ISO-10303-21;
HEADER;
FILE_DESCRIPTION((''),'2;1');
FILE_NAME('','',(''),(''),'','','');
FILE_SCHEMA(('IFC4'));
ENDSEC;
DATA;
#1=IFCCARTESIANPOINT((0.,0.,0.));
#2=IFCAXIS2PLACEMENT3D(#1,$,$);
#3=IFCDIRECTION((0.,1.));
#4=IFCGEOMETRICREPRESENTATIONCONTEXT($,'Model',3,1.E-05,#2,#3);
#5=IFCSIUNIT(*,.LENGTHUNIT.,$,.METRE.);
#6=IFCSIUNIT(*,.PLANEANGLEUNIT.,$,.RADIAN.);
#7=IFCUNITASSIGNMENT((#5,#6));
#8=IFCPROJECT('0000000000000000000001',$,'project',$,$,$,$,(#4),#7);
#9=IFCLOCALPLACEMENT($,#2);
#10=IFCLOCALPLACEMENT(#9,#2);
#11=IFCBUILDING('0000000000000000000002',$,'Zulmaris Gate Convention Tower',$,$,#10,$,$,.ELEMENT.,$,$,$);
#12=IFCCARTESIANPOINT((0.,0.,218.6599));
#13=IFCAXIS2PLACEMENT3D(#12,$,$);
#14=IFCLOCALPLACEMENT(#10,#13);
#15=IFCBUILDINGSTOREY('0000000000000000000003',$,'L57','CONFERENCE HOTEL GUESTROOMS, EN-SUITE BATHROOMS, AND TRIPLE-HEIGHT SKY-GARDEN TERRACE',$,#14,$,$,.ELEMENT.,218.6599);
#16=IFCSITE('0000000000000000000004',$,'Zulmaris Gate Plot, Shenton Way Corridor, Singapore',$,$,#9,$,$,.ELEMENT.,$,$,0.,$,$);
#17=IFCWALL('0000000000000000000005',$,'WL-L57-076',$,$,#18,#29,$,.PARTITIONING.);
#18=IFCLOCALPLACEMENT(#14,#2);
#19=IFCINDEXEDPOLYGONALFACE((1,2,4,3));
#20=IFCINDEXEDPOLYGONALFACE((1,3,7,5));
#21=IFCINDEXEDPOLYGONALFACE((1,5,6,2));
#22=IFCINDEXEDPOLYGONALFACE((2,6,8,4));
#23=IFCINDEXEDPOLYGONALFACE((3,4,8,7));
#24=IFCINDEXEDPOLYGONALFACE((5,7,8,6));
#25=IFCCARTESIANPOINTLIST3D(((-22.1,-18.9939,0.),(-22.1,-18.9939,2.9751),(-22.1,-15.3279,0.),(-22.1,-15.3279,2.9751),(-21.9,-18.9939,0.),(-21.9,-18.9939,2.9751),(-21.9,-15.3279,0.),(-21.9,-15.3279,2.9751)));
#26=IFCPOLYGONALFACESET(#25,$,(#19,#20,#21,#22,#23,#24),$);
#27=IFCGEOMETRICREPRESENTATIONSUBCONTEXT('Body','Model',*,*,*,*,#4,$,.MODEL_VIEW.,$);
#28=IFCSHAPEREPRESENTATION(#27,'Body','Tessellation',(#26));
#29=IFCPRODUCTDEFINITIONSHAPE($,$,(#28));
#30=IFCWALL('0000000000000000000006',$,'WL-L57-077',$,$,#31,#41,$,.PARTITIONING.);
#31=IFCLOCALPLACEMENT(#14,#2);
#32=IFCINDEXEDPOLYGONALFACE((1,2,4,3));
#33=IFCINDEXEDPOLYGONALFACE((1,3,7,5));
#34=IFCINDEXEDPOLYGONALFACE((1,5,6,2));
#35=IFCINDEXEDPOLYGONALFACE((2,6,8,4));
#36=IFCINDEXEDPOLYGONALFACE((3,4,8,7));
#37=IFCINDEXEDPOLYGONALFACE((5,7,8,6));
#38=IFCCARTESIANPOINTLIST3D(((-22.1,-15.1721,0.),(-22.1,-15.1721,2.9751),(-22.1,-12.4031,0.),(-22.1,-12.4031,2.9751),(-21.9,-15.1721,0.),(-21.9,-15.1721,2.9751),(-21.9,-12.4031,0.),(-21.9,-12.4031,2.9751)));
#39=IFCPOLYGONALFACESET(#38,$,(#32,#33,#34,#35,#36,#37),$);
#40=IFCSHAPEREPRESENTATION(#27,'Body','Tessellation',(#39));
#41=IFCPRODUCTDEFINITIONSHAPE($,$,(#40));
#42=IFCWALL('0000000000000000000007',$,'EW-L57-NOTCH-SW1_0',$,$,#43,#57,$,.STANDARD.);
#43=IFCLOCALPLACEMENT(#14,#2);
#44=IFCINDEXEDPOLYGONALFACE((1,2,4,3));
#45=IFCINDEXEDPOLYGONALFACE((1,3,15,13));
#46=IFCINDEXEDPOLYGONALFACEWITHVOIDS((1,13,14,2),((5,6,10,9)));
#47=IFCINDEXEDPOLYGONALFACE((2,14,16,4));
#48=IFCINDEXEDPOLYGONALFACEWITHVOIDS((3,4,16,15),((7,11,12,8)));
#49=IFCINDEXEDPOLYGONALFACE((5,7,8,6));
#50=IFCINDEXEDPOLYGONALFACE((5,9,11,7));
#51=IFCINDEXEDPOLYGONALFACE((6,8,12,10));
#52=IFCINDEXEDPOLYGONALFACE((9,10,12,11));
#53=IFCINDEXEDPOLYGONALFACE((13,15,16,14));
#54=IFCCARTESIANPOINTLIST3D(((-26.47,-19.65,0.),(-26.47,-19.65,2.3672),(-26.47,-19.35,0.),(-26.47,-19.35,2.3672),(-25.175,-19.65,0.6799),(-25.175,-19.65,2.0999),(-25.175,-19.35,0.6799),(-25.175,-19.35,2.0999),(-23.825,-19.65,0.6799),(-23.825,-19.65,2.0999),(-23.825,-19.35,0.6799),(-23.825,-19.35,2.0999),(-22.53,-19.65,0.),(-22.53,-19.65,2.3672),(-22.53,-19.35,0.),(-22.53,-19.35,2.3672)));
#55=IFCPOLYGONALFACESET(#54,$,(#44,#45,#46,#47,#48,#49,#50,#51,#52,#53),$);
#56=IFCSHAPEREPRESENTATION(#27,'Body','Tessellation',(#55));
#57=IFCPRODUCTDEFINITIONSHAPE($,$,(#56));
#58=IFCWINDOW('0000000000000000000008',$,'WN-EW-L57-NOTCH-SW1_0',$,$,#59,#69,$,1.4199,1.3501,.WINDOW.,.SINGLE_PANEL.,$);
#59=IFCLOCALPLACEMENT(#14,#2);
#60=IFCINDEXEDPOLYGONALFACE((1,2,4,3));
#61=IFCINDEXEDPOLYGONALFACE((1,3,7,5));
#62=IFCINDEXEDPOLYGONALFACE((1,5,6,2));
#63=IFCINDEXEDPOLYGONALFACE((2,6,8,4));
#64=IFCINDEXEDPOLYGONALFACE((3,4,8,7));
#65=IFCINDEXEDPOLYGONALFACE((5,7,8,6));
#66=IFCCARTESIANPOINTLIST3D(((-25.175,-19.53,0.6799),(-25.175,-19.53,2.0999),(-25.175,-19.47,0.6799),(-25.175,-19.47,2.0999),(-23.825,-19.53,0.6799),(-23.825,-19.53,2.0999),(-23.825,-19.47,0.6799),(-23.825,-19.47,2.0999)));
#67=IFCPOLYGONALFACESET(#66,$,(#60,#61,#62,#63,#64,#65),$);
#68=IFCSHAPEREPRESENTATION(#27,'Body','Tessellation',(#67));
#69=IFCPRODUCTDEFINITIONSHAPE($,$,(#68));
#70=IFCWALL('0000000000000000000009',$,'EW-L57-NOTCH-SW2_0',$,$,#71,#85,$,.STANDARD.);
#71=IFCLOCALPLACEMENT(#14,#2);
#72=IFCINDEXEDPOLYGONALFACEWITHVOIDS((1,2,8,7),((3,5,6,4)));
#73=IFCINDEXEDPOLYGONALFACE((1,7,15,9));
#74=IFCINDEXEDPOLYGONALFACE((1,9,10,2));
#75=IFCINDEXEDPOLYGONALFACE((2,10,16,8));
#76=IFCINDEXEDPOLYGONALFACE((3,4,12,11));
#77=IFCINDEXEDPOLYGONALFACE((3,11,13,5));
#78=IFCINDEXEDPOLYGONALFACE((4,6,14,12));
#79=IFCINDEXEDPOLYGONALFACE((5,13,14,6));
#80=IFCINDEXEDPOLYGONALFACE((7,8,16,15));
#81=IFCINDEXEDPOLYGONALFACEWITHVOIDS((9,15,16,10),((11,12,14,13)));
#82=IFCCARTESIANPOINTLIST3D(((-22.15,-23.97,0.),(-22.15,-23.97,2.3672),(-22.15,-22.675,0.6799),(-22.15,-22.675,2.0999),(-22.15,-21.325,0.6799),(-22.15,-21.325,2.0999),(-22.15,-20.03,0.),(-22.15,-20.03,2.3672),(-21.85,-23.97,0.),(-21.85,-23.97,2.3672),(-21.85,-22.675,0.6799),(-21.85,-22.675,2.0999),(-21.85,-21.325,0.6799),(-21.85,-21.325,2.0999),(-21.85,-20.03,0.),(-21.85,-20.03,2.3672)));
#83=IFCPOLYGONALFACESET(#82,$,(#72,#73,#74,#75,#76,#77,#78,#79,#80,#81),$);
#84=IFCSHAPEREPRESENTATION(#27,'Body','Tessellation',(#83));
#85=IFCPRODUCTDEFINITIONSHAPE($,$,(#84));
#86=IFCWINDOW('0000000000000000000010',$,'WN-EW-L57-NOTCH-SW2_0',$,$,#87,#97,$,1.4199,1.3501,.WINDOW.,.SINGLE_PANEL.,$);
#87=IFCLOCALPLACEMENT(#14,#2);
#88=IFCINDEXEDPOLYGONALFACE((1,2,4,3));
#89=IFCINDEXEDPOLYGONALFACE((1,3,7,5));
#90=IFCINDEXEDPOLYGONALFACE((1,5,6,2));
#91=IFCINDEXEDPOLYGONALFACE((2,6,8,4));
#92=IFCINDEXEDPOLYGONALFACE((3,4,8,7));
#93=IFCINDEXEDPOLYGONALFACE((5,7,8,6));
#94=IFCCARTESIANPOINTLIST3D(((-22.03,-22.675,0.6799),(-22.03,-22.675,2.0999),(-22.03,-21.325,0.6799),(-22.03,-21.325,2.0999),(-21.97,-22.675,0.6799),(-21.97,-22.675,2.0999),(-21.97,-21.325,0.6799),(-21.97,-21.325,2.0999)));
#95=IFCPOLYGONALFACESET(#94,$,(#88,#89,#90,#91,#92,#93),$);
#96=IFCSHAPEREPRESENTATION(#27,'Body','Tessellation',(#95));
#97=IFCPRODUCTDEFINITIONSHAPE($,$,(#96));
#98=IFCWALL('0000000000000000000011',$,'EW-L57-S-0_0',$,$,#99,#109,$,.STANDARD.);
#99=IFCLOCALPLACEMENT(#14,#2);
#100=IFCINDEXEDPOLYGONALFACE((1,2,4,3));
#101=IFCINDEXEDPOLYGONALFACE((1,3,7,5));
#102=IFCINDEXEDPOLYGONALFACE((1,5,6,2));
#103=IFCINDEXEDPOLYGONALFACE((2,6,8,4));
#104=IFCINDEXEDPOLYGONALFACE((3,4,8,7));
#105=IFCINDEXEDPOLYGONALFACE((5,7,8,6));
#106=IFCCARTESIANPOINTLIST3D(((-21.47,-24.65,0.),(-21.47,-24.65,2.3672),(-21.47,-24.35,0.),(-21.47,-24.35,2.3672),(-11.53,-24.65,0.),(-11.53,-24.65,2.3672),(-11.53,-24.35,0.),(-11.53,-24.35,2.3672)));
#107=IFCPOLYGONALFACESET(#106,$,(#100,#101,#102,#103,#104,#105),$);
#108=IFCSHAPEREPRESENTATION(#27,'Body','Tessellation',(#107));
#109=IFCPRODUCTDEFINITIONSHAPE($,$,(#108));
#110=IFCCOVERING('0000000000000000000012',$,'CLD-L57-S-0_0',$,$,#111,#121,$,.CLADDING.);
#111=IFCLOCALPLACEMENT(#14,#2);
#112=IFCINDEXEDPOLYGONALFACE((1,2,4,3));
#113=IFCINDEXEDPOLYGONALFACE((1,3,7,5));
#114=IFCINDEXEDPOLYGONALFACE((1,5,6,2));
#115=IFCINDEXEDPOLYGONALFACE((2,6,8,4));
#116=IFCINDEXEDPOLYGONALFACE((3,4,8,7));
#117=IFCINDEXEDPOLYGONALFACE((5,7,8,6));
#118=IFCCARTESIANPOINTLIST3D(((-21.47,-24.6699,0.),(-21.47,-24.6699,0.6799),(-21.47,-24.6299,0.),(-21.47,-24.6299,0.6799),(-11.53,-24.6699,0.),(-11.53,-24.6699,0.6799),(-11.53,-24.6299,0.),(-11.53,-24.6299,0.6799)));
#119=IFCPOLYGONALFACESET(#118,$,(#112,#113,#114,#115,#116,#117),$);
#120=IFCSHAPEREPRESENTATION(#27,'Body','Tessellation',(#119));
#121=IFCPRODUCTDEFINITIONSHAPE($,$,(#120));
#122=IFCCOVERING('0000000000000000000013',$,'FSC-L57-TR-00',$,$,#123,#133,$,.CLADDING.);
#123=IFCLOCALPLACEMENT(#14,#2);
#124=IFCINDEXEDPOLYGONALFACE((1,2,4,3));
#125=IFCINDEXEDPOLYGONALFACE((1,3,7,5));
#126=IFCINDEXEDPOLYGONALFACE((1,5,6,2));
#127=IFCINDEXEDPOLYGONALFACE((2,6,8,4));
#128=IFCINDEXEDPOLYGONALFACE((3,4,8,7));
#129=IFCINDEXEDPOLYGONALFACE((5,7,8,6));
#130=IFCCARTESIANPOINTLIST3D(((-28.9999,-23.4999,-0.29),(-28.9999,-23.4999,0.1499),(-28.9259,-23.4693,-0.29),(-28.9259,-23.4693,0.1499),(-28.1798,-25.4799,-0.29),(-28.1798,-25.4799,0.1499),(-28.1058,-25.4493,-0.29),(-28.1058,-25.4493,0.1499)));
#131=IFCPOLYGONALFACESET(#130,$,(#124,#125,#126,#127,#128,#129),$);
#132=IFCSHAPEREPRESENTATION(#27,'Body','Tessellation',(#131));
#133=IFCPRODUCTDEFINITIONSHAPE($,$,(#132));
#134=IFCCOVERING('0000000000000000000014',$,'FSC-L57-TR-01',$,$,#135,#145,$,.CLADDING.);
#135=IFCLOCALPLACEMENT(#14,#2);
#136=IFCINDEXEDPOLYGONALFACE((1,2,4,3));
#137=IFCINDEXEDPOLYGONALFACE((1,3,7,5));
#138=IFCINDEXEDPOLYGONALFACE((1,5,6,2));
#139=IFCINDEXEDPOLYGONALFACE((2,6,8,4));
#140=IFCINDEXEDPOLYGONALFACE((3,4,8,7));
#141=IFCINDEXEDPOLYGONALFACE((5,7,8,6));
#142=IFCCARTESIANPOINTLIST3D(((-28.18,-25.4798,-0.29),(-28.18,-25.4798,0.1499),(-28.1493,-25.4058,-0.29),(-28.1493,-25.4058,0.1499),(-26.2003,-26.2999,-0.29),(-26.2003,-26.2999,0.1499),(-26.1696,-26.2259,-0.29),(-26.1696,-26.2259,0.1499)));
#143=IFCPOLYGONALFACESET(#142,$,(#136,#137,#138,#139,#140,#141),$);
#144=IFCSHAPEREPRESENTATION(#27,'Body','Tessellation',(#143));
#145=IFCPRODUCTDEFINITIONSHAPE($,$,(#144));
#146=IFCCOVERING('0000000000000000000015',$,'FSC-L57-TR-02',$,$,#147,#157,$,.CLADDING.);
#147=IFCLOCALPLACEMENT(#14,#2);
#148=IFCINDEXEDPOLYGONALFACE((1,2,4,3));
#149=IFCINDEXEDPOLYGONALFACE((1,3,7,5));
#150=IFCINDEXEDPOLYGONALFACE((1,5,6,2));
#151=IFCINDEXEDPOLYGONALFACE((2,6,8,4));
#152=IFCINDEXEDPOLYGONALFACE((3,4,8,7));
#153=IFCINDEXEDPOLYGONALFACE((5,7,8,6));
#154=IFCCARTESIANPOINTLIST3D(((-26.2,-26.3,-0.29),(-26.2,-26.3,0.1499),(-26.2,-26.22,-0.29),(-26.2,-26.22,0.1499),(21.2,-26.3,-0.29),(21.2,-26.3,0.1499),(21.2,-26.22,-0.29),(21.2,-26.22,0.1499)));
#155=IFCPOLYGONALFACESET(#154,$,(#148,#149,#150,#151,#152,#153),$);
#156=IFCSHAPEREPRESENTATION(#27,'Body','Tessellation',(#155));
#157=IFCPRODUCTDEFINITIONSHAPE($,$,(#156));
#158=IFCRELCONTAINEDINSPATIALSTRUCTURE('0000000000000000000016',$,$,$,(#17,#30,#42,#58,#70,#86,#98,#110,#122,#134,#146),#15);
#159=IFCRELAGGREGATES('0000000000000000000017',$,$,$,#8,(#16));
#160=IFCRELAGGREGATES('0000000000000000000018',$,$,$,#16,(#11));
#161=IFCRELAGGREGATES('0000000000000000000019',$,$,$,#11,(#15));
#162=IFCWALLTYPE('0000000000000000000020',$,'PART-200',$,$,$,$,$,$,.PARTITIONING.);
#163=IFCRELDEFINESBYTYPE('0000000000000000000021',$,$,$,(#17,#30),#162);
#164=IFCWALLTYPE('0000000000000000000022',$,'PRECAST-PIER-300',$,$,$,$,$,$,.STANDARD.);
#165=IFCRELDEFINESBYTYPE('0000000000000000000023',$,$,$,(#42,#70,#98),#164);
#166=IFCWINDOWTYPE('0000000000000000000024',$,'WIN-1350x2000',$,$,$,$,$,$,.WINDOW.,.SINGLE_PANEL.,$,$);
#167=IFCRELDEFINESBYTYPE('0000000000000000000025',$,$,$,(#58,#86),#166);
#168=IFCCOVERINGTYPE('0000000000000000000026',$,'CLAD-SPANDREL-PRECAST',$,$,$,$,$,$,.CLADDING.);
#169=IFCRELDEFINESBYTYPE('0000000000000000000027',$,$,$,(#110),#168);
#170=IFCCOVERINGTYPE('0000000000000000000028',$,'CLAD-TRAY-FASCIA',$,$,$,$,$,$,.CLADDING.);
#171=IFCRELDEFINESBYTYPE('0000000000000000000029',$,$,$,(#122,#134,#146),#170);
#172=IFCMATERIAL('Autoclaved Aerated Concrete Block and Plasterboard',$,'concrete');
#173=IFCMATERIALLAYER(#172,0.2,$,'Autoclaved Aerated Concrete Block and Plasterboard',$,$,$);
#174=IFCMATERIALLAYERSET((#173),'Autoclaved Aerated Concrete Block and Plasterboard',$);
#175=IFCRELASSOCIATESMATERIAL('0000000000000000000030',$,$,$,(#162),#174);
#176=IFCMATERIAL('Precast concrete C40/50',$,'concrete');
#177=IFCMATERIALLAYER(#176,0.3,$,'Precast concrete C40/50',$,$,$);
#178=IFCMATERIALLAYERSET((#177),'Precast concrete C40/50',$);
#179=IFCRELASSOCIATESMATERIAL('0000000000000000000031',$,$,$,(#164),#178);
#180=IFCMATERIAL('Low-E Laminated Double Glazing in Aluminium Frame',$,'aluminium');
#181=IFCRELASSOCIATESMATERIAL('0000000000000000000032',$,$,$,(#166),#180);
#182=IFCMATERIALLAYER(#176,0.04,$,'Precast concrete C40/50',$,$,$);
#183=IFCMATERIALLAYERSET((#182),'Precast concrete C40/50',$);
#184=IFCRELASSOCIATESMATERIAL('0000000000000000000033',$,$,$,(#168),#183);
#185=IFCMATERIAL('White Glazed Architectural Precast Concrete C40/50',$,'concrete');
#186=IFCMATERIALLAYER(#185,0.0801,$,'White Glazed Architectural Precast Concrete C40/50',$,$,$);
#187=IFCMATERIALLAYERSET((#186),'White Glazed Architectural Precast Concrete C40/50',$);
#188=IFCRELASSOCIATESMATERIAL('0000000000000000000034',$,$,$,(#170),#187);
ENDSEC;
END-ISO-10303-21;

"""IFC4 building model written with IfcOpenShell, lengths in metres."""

from ifc_helpers import new_model, si_unit, direction, frame, frame_2d, origin, place, context, subcontext, project, spatial, rectangle, extrude, material, layer, layer_set, type_object, element, fill, save


model = new_model("IFC4")

# Units and contexts
model_context = context("Model", 3, precision=1e-05, world=origin(), true_north=direction((0.0, 1.0)))
body_context = subcontext(model_context, "Body", "Model", "MODEL_VIEW")
ifc_project = project(units=[si_unit("LENGTHUNIT", "METRE"), si_unit("PLANEANGLEUNIT", "RADIAN")], contexts=[model_context])

# Site, building, storey
site_placement = place(None, origin())
site = spatial("IfcSite", under=ifc_project, at=site_placement, Name="Zulmaris Gate Plot, Shenton Way Corridor, Singapore", CompositionType="ELEMENT", RefElevation=0.0)
building_placement = place(site_placement, origin())
building = spatial("IfcBuilding", under=site, at=building_placement, Name="Zulmaris Gate Convention Tower", CompositionType="ELEMENT")
storey_placement = place(building_placement, frame((0.0, 0.0, 218.6599)))
storey = spatial("IfcBuildingStorey", under=building, at=storey_placement, Name="L57", Description="CONFERENCE HOTEL GUESTROOMS, EN-SUITE BATHROOMS, AND TRIPLE-HEIGHT SKY-GARDEN TERRACE", CompositionType="ELEMENT", Elevation=218.6599)

# Shared definitions
ifc_material_1 = material(Name="Autoclaved Aerated Concrete Block and Plasterboard", Category="concrete")
ifc_layer_1 = layer(ifc_material_1, 0.2, Name="Autoclaved Aerated Concrete Block and Plasterboard")
ifc_layer_set_1 = layer_set([ifc_layer_1], Name="Autoclaved Aerated Concrete Block and Plasterboard")
wall_type_1 = type_object("IfcWallType", Name="PART-200", PredefinedType="PARTITIONING", material=ifc_layer_set_1)

# Walls
wall_1_placement = place(storey_placement, frame((-22.0, -18.9939, 0.0), z_axis=(0.0, 0.0, 1.0), x_axis=(0.0, 1.0, 0.0)))
element("IfcWall", 1, at=wall_1_placement, inside=storey, type_object=wall_type_1, Name="WL-L57-076", PredefinedType="PARTITIONING", context=body_context, shape_type="SweptSolid", body=[
    extrude(rectangle(XDim=3.666, YDim=0.2, at=frame_2d((1.833, 0.0))), origin(), (0.0, 0.0, 1.0), 2.9751),
])
wall_2_placement = place(storey_placement, frame((-22.0, -15.1721, 0.0), z_axis=(0.0, 0.0, 1.0), x_axis=(0.0, 1.0, 0.0)))
element("IfcWall", 2, at=wall_2_placement, inside=storey, type_object=wall_type_1, Name="WL-L57-077", PredefinedType="PARTITIONING", context=body_context, shape_type="SweptSolid", body=[
    extrude(rectangle(XDim=2.769, YDim=0.2, at=frame_2d((1.3845, 0.0))), origin(), (0.0, 0.0, 1.0), 2.9751),
])

# Walls, openings, windows
ifc_material_2 = material(Name="Precast concrete C40/50", Category="concrete")
ifc_layer_2 = layer(ifc_material_2, 0.3, Name="Precast concrete C40/50")
ifc_layer_set_2 = layer_set([ifc_layer_2], Name="Precast concrete C40/50")
wall_type_2 = type_object("IfcWallType", Name="PRECAST-PIER-300", PredefinedType="STANDARD", material=ifc_layer_set_2)
wall_3_placement = place(storey_placement, frame((-26.47, -19.5, 0.0), z_axis=(0.0, 0.0, 1.0), x_axis=(1.0, 0.0, 0.0)))
wall_3 = element("IfcWall", 3, at=wall_3_placement, inside=storey, type_object=wall_type_2, Name="EW-L57-NOTCH-SW1_0", PredefinedType="STANDARD", context=body_context, shape_type="SweptSolid", body=[
    extrude(rectangle(XDim=3.9399, YDim=0.3, at=frame_2d((1.97, 0.0))), origin(), (0.0, 0.0, 1.0), 2.3672),
])
opening_1_placement = place(wall_3_placement, frame((1.2949, 0.0, 0.6799)))
opening_1 = element("IfcOpeningElement", 4, at=opening_1_placement, cuts=wall_3, PredefinedType="OPENING", context=body_context, shape_type="SweptSolid", body=[
    extrude(rectangle(XDim=1.3501, YDim=1.4199, at=frame_2d((0.675, 0.71))), frame((0.0, 0.1602, 0.0), z_axis=(0.0, -1.0, 0.0), x_axis=(1.0, 0.0, 0.0)), (0.0, 0.0, 1.0), 0.3201),
])
ifc_material_3 = material(Name="Low-E Laminated Double Glazing in Aluminium Frame", Category="aluminium")
window_type = type_object("IfcWindowType", Name="WIN-1350x2000", PartitioningType="SINGLE_PANEL", PredefinedType="WINDOW", material=ifc_material_3)
window_1_placement = place(opening_1_placement, origin())
window_1 = element("IfcWindow", 5, at=window_1_placement, inside=storey, type_object=window_type, Name="WN-EW-L57-NOTCH-SW1_0", OverallHeight=1.4199, OverallWidth=1.3501, PartitioningType="SINGLE_PANEL", PredefinedType="WINDOW", context=body_context, shape_type="SweptSolid", body=[
    extrude(rectangle(XDim=1.3501, YDim=1.4199, at=frame_2d((0.675, 0.71))), frame((0.0, 0.03, 0.0), z_axis=(0.0, -1.0, 0.0), x_axis=(1.0, 0.0, 0.0)), (0.0, 0.0, 1.0), 0.0601),
])
fill(opening_1, window_1)
wall_4_placement = place(storey_placement, frame((-22.0, -20.03, 0.0), z_axis=(0.0, 0.0, 1.0), x_axis=(0.0, -1.0, 0.0)))
wall_4 = element("IfcWall", 6, at=wall_4_placement, inside=storey, type_object=wall_type_2, Name="EW-L57-NOTCH-SW2_0", PredefinedType="STANDARD", context=body_context, shape_type="SweptSolid", body=[
    extrude(rectangle(XDim=3.9399, YDim=0.3, at=frame_2d((1.97, 0.0))), origin(), (0.0, 0.0, 1.0), 2.3672),
])
opening_2_placement = place(wall_4_placement, frame((1.2949, 0.0, 0.6799)))
opening_2 = element("IfcOpeningElement", 7, at=opening_2_placement, cuts=wall_4, PredefinedType="OPENING", context=body_context, shape_type="SweptSolid", body=[
    extrude(rectangle(XDim=1.3501, YDim=1.4199, at=frame_2d((0.675, 0.71))), frame((0.0, 0.1602, 0.0), z_axis=(0.0, -1.0, 0.0), x_axis=(1.0, 0.0, 0.0)), (0.0, 0.0, 1.0), 0.3201),
])
window_2_placement = place(opening_2_placement, origin())
window_2 = element("IfcWindow", 8, at=window_2_placement, inside=storey, type_object=window_type, Name="WN-EW-L57-NOTCH-SW2_0", OverallHeight=1.4199, OverallWidth=1.3501, PartitioningType="SINGLE_PANEL", PredefinedType="WINDOW", context=body_context, shape_type="SweptSolid", body=[
    extrude(rectangle(XDim=1.3501, YDim=1.4199, at=frame_2d((0.675, 0.71))), frame((0.0, 0.03, 0.0), z_axis=(0.0, -1.0, 0.0), x_axis=(1.0, 0.0, 0.0)), (0.0, 0.0, 1.0), 0.0601),
])
fill(opening_2, window_2)

# Wall
wall_5_placement = place(storey_placement, frame((-21.47, -24.5, 0.0), z_axis=(0.0, 0.0, 1.0), x_axis=(1.0, 0.0, 0.0)))
element("IfcWall", 9, at=wall_5_placement, inside=storey, type_object=wall_type_2, Name="EW-L57-S-0_0", PredefinedType="STANDARD", context=body_context, shape_type="SweptSolid", body=[
    extrude(rectangle(XDim=9.9399, YDim=0.3, at=frame_2d((4.97, 0.0))), origin(), (0.0, 0.0, 1.0), 2.3672),
])

# Coverings
ifc_layer_3 = layer(ifc_material_2, 0.04, Name="Precast concrete C40/50")
ifc_layer_set_3 = layer_set([ifc_layer_3], Name="Precast concrete C40/50")
covering_type_1 = type_object("IfcCoveringType", Name="CLAD-SPANDREL-PRECAST", PredefinedType="CLADDING", material=ifc_layer_set_3)
covering_1_placement = place(storey_placement, frame((-21.47, -24.6499, 0.0), z_axis=(0.0, 0.0, 1.0), x_axis=(1.0, 0.0, 0.0)))
element("IfcCovering", 10, at=covering_1_placement, inside=storey, type_object=covering_type_1, Name="CLD-L57-S-0_0", PredefinedType="CLADDING", context=body_context, shape_type="SweptSolid", body=[
    extrude(rectangle(XDim=9.9399, YDim=0.04, at=frame_2d((4.97, 0.0))), origin(), (0.0, 0.0, 1.0), 0.6799),
])
ifc_material_4 = material(Name="White Glazed Architectural Precast Concrete C40/50", Category="concrete")
ifc_layer_4 = layer(ifc_material_4, 0.0801, Name="White Glazed Architectural Precast Concrete C40/50")
ifc_layer_set_4 = layer_set([ifc_layer_4], Name="White Glazed Architectural Precast Concrete C40/50")
covering_type_2 = type_object("IfcCoveringType", Name="CLAD-TRAY-FASCIA", PredefinedType="CLADDING", material=ifc_layer_set_4)
covering_2_placement = place(storey_placement, frame((-28.9629, -23.4846, -0.29), z_axis=(0.0, 0.0, 1.0), x_axis=(0.382657, -0.92389, 0.0)))
element("IfcCovering", 11, at=covering_2_placement, inside=storey, type_object=covering_type_2, Name="FSC-L57-TR-00", PredefinedType="CLADDING", context=body_context, shape_type="SweptSolid", body=[
    extrude(rectangle(XDim=2.1431, YDim=0.0801, at=frame_2d((1.0715, 0.0))), origin(), (0.0, 0.0, 1.0), 0.4399),
])
covering_3_placement = place(storey_placement, frame((-28.1646, -25.4429, -0.29), z_axis=(0.0, 0.0, 1.0), x_axis=(0.923874, -0.382697, 0.0)))
element("IfcCovering", 12, at=covering_3_placement, inside=storey, type_object=covering_type_2, Name="FSC-L57-TR-01", PredefinedType="CLADDING", context=body_context, shape_type="SweptSolid", body=[
    extrude(rectangle(XDim=2.1428, YDim=0.0801, at=frame_2d((1.0713, 0.0))), origin(), (0.0, 0.0, 1.0), 0.4399),
])
covering_4_placement = place(storey_placement, frame((-26.2, -26.26, -0.29), z_axis=(0.0, 0.0, 1.0), x_axis=(1.0, 0.0, 0.0)))
element("IfcCovering", 13, at=covering_4_placement, inside=storey, type_object=covering_type_2, Name="FSC-L57-TR-02", PredefinedType="CLADDING", context=body_context, shape_type="SweptSolid", body=[
    extrude(rectangle(XDim=47.3999, YDim=0.0801, at=frame_2d((23.7, 0.0))), origin(), (0.0, 0.0, 1.0), 0.4399),
])

save(model, "model.ifc")
